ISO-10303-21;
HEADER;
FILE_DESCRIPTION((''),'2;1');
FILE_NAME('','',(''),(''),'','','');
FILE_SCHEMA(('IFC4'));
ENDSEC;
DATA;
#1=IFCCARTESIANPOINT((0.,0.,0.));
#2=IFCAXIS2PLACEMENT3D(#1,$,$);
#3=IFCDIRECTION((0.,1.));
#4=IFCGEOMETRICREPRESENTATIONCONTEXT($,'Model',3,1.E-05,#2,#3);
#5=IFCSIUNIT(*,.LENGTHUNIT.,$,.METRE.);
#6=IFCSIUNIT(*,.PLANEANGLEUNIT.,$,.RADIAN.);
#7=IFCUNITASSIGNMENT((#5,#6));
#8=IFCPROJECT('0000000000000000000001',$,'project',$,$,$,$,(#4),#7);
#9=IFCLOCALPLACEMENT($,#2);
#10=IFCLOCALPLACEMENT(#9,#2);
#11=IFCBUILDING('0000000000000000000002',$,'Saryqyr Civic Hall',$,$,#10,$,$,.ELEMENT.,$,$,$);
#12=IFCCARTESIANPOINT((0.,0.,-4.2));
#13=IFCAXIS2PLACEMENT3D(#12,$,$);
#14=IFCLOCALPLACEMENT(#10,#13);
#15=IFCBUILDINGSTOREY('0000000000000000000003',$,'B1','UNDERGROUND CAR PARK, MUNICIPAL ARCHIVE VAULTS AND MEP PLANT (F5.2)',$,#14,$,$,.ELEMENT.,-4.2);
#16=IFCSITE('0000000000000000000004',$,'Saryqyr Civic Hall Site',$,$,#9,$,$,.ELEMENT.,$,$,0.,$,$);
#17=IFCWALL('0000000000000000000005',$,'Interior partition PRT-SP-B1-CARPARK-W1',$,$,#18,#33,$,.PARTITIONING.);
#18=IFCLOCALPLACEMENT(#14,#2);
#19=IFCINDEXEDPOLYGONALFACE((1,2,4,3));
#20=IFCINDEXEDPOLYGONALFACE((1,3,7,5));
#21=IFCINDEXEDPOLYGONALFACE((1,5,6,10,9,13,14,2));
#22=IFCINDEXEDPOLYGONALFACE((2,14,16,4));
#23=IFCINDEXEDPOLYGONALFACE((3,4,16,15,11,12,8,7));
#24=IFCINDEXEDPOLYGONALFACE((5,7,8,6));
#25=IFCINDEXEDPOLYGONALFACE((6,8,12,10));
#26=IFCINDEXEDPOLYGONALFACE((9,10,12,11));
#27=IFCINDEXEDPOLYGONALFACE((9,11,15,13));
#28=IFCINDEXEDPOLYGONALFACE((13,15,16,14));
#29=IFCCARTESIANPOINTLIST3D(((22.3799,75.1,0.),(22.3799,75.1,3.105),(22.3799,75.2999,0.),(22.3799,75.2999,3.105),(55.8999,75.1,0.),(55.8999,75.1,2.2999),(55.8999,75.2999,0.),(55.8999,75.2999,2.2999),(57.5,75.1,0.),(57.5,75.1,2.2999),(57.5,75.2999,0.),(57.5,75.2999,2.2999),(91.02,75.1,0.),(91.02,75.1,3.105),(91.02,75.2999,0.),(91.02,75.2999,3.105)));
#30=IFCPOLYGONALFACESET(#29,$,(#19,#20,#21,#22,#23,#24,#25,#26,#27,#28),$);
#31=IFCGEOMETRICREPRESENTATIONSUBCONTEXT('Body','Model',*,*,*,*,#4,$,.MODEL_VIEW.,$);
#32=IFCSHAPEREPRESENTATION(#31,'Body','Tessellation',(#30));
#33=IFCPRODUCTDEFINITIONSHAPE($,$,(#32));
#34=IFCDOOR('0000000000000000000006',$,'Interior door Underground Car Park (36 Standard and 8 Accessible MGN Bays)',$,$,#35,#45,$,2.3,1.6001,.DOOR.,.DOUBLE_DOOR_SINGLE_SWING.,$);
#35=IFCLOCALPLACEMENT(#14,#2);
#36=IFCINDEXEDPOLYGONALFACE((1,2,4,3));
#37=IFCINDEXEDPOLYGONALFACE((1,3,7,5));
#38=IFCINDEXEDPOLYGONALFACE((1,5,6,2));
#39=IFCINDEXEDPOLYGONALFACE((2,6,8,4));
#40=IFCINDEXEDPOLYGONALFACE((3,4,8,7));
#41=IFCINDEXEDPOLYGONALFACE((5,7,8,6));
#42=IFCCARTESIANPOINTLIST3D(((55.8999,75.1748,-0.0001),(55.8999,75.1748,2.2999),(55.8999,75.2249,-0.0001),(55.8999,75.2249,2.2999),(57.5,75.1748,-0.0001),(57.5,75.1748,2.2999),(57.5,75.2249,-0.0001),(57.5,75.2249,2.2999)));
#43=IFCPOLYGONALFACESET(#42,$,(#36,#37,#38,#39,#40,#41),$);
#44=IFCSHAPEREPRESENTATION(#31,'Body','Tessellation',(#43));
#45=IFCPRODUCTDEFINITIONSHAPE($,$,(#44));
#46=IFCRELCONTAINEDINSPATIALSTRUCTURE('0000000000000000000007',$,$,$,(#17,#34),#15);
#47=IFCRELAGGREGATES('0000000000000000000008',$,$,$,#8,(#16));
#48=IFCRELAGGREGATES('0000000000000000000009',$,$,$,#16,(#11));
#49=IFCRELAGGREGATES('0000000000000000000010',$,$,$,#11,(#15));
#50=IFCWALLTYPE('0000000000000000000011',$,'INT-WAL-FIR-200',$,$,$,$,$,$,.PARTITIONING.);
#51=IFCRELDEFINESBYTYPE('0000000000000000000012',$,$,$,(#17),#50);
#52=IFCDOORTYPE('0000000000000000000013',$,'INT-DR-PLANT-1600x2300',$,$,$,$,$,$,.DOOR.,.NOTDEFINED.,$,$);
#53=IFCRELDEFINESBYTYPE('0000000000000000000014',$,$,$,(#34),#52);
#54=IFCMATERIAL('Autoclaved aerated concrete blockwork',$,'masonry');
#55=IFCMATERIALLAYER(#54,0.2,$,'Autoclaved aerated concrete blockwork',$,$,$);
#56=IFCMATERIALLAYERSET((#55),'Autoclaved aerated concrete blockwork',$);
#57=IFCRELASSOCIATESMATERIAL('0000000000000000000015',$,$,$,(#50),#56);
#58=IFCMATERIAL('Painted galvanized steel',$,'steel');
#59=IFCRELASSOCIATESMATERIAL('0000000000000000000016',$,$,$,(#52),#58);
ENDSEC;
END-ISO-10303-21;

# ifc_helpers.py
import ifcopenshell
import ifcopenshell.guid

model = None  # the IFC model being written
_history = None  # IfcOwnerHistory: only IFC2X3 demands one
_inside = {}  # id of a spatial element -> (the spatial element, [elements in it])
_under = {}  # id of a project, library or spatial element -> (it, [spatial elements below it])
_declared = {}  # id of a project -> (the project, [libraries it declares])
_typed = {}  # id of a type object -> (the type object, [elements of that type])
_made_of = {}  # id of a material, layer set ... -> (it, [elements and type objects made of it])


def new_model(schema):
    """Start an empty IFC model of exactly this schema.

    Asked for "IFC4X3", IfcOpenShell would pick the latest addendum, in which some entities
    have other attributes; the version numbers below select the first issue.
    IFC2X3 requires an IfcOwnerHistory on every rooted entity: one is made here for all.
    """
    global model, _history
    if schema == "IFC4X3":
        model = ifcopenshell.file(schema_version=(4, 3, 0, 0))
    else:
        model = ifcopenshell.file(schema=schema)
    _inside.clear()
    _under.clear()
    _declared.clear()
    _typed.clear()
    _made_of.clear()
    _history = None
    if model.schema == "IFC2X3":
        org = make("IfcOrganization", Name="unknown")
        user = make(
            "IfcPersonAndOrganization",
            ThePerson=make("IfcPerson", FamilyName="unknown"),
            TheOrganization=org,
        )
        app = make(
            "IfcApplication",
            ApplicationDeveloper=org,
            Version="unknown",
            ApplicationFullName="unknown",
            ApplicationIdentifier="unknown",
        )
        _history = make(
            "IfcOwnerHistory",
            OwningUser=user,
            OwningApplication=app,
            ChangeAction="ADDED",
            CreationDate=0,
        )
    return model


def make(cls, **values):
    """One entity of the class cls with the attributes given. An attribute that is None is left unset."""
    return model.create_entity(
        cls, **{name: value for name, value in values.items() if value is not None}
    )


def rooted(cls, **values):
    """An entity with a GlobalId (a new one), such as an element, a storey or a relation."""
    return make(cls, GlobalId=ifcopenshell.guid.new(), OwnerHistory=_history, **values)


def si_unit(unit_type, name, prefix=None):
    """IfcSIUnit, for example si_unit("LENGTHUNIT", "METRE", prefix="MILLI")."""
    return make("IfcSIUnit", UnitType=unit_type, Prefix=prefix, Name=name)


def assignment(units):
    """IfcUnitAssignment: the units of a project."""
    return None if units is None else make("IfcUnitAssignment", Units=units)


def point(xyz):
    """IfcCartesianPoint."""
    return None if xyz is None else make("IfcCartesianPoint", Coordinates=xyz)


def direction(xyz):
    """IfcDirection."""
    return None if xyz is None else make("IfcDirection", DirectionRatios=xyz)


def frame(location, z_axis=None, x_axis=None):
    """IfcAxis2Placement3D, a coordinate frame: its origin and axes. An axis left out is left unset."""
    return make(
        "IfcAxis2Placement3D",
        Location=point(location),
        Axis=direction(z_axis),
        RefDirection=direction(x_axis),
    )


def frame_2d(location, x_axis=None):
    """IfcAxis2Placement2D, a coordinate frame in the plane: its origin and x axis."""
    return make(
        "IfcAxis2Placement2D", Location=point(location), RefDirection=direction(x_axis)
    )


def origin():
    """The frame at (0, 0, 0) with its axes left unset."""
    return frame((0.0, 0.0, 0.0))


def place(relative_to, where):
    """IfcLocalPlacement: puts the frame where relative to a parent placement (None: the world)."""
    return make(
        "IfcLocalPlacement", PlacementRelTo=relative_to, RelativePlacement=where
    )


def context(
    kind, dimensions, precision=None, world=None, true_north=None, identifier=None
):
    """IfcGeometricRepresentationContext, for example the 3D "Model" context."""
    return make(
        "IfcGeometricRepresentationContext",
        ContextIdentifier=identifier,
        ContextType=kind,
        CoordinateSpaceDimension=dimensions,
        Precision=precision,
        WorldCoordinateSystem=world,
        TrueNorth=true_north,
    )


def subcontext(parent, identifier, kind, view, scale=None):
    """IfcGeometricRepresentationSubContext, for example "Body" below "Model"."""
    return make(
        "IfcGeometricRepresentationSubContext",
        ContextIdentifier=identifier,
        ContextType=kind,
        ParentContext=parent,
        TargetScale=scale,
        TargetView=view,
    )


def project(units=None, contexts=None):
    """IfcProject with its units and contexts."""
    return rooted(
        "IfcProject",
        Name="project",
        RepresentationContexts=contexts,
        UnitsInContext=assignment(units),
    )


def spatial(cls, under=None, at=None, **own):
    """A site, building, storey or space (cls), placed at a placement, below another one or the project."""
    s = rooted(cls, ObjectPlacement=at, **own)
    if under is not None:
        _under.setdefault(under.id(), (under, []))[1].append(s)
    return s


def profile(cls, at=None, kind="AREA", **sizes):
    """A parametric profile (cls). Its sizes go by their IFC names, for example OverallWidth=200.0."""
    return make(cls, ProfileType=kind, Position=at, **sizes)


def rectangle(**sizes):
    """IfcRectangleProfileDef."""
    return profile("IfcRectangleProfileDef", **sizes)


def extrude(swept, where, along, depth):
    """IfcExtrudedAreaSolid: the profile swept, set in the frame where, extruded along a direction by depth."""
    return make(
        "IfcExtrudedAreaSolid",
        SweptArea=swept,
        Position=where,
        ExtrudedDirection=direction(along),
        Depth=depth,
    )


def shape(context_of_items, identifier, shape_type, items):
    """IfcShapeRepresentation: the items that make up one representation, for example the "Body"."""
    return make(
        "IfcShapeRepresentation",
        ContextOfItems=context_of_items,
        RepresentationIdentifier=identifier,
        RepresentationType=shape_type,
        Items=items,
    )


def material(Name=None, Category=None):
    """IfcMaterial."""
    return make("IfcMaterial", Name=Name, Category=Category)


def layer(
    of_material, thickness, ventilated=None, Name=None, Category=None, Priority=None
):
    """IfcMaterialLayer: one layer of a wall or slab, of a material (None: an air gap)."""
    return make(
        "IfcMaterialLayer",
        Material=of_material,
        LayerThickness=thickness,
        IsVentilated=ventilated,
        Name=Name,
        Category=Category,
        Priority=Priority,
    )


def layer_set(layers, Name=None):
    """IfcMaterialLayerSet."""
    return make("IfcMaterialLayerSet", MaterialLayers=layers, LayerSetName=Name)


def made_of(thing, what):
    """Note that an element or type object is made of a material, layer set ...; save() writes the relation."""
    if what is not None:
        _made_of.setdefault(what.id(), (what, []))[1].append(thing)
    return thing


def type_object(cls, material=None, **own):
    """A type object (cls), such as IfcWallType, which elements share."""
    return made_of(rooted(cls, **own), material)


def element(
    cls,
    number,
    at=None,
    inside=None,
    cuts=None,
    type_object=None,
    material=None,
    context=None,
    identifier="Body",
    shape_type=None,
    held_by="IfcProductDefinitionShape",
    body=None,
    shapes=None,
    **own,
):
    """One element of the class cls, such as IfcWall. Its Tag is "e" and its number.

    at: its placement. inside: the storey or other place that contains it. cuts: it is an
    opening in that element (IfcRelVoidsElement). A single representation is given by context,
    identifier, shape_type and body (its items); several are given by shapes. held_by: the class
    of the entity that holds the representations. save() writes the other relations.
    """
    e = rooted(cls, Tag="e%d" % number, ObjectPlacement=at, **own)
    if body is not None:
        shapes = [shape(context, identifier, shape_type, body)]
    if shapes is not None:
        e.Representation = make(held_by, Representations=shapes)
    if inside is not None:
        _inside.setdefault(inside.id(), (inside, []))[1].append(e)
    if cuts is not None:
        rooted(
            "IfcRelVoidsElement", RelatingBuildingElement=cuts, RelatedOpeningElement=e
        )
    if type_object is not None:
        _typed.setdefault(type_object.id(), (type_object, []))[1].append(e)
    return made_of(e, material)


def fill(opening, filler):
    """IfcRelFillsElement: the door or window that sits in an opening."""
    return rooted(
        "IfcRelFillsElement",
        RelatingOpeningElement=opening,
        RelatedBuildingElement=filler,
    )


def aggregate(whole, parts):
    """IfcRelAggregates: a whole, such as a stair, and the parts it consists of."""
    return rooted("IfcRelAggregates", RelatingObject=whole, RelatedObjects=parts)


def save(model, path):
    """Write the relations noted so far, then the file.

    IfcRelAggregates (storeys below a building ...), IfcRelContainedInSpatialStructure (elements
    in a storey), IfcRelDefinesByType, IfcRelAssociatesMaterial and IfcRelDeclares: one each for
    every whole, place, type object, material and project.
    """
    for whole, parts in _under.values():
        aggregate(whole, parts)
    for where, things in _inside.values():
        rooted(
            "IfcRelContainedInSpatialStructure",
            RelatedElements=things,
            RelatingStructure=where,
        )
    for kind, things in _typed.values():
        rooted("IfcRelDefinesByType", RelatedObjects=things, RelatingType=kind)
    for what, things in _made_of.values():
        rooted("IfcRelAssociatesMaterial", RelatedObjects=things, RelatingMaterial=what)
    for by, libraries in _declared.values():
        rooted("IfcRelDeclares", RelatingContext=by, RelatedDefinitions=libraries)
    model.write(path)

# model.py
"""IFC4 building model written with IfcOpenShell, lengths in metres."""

from ifc_helpers import new_model, si_unit, direction, frame, frame_2d, origin, place, context, subcontext, project, spatial, rectangle, extrude, material, layer, layer_set, type_object, element, fill, save


model = new_model("IFC4")

# Units and contexts
model_context = context("Model", 3, precision=1e-05, world=origin(), true_north=direction((0.0, 1.0)))
body_context = subcontext(model_context, "Body", "Model", "MODEL_VIEW")
ifc_project = project(units=[si_unit("LENGTHUNIT", "METRE"), si_unit("PLANEANGLEUNIT", "RADIAN")], contexts=[model_context])

# Site, building, storey
site_placement = place(None, origin())
site = spatial("IfcSite", under=ifc_project, at=site_placement, Name="Saryqyr Civic Hall Site", CompositionType="ELEMENT", RefElevation=0.0)
building_placement = place(site_placement, origin())
building = spatial("IfcBuilding", under=site, at=building_placement, Name="Saryqyr Civic Hall", CompositionType="ELEMENT")
storey_placement = place(building_placement, frame((0.0, 0.0, -4.2)))
storey = spatial("IfcBuildingStorey", under=building, at=storey_placement, Name="B1", Description="UNDERGROUND CAR PARK, MUNICIPAL ARCHIVE VAULTS AND MEP PLANT (F5.2)", CompositionType="ELEMENT", Elevation=-4.2)

# Wall, opening, door
ifc_material_1 = material(Name="Autoclaved aerated concrete blockwork", Category="masonry")
ifc_layer_1 = layer(ifc_material_1, 0.2, Name="Autoclaved aerated concrete blockwork")
ifc_layer_set_1 = layer_set([ifc_layer_1], Name="Autoclaved aerated concrete blockwork")
wall_type_1 = type_object("IfcWallType", Name="INT-WAL-FIR-200", PredefinedType="PARTITIONING", material=ifc_layer_set_1)
wall_1_placement = place(storey_placement, frame((22.3799, 75.2, 0.0), z_axis=(0.0, 0.0, 1.0), x_axis=(1.0, 0.0, 0.0)))
wall_1 = element("IfcWall", 1, at=wall_1_placement, inside=storey, type_object=wall_type_1, Name="Interior partition PRT-SP-B1-CARPARK-W1", PredefinedType="PARTITIONING", context=body_context, shape_type="SweptSolid", body=[
    extrude(rectangle(XDim=68.6401, YDim=0.2, at=frame_2d((34.3201, 0.0))), origin(), (0.0, 0.0, 1.0), 3.105),
])
opening_1_placement = place(wall_1_placement, frame((33.52, 0.0, 0.0)))
opening_1 = element("IfcOpeningElement", 2, at=opening_1_placement, cuts=wall_1, PredefinedType="OPENING", context=body_context, shape_type="SweptSolid", body=[
    extrude(rectangle(XDim=1.6001, YDim=2.3, at=frame_2d((0.8, 1.1499))), frame((0.0, 0.1099, 0.0), z_axis=(0.0, -1.0, 0.0), x_axis=(1.0, 0.0, 0.0)), (0.0, 0.0, 1.0), 0.22),
])
ifc_material_2 = material(Name="Painted galvanized steel", Category="steel")
door_type_1 = type_object("IfcDoorType", Name="INT-DR-PLANT-1600x2300", OperationType="NOTDEFINED", PredefinedType="DOOR", material=ifc_material_2)
door_1_placement = place(opening_1_placement, origin())
door_1 = element("IfcDoor", 3, at=door_1_placement, inside=storey, type_object=door_type_1, Name="Interior door Underground Car Park (36 Standard and 8 Accessible MGN Bays)", OperationType="DOUBLE_DOOR_SINGLE_SWING", OverallHeight=2.3, OverallWidth=1.6001, PredefinedType="DOOR", context=body_context, shape_type="SweptSolid", body=[
    extrude(rectangle(XDim=1.6001, YDim=2.3, at=frame_2d((0.8, 1.1499))), frame((0.0, 0.0249, 0.0), z_axis=(0.0, -1.0, 0.0), x_axis=(1.0, 0.0, 0.0)), (0.0, 0.0, 1.0), 0.05),
])
fill(opening_1, door_1)

save(model, "model.ifc")
